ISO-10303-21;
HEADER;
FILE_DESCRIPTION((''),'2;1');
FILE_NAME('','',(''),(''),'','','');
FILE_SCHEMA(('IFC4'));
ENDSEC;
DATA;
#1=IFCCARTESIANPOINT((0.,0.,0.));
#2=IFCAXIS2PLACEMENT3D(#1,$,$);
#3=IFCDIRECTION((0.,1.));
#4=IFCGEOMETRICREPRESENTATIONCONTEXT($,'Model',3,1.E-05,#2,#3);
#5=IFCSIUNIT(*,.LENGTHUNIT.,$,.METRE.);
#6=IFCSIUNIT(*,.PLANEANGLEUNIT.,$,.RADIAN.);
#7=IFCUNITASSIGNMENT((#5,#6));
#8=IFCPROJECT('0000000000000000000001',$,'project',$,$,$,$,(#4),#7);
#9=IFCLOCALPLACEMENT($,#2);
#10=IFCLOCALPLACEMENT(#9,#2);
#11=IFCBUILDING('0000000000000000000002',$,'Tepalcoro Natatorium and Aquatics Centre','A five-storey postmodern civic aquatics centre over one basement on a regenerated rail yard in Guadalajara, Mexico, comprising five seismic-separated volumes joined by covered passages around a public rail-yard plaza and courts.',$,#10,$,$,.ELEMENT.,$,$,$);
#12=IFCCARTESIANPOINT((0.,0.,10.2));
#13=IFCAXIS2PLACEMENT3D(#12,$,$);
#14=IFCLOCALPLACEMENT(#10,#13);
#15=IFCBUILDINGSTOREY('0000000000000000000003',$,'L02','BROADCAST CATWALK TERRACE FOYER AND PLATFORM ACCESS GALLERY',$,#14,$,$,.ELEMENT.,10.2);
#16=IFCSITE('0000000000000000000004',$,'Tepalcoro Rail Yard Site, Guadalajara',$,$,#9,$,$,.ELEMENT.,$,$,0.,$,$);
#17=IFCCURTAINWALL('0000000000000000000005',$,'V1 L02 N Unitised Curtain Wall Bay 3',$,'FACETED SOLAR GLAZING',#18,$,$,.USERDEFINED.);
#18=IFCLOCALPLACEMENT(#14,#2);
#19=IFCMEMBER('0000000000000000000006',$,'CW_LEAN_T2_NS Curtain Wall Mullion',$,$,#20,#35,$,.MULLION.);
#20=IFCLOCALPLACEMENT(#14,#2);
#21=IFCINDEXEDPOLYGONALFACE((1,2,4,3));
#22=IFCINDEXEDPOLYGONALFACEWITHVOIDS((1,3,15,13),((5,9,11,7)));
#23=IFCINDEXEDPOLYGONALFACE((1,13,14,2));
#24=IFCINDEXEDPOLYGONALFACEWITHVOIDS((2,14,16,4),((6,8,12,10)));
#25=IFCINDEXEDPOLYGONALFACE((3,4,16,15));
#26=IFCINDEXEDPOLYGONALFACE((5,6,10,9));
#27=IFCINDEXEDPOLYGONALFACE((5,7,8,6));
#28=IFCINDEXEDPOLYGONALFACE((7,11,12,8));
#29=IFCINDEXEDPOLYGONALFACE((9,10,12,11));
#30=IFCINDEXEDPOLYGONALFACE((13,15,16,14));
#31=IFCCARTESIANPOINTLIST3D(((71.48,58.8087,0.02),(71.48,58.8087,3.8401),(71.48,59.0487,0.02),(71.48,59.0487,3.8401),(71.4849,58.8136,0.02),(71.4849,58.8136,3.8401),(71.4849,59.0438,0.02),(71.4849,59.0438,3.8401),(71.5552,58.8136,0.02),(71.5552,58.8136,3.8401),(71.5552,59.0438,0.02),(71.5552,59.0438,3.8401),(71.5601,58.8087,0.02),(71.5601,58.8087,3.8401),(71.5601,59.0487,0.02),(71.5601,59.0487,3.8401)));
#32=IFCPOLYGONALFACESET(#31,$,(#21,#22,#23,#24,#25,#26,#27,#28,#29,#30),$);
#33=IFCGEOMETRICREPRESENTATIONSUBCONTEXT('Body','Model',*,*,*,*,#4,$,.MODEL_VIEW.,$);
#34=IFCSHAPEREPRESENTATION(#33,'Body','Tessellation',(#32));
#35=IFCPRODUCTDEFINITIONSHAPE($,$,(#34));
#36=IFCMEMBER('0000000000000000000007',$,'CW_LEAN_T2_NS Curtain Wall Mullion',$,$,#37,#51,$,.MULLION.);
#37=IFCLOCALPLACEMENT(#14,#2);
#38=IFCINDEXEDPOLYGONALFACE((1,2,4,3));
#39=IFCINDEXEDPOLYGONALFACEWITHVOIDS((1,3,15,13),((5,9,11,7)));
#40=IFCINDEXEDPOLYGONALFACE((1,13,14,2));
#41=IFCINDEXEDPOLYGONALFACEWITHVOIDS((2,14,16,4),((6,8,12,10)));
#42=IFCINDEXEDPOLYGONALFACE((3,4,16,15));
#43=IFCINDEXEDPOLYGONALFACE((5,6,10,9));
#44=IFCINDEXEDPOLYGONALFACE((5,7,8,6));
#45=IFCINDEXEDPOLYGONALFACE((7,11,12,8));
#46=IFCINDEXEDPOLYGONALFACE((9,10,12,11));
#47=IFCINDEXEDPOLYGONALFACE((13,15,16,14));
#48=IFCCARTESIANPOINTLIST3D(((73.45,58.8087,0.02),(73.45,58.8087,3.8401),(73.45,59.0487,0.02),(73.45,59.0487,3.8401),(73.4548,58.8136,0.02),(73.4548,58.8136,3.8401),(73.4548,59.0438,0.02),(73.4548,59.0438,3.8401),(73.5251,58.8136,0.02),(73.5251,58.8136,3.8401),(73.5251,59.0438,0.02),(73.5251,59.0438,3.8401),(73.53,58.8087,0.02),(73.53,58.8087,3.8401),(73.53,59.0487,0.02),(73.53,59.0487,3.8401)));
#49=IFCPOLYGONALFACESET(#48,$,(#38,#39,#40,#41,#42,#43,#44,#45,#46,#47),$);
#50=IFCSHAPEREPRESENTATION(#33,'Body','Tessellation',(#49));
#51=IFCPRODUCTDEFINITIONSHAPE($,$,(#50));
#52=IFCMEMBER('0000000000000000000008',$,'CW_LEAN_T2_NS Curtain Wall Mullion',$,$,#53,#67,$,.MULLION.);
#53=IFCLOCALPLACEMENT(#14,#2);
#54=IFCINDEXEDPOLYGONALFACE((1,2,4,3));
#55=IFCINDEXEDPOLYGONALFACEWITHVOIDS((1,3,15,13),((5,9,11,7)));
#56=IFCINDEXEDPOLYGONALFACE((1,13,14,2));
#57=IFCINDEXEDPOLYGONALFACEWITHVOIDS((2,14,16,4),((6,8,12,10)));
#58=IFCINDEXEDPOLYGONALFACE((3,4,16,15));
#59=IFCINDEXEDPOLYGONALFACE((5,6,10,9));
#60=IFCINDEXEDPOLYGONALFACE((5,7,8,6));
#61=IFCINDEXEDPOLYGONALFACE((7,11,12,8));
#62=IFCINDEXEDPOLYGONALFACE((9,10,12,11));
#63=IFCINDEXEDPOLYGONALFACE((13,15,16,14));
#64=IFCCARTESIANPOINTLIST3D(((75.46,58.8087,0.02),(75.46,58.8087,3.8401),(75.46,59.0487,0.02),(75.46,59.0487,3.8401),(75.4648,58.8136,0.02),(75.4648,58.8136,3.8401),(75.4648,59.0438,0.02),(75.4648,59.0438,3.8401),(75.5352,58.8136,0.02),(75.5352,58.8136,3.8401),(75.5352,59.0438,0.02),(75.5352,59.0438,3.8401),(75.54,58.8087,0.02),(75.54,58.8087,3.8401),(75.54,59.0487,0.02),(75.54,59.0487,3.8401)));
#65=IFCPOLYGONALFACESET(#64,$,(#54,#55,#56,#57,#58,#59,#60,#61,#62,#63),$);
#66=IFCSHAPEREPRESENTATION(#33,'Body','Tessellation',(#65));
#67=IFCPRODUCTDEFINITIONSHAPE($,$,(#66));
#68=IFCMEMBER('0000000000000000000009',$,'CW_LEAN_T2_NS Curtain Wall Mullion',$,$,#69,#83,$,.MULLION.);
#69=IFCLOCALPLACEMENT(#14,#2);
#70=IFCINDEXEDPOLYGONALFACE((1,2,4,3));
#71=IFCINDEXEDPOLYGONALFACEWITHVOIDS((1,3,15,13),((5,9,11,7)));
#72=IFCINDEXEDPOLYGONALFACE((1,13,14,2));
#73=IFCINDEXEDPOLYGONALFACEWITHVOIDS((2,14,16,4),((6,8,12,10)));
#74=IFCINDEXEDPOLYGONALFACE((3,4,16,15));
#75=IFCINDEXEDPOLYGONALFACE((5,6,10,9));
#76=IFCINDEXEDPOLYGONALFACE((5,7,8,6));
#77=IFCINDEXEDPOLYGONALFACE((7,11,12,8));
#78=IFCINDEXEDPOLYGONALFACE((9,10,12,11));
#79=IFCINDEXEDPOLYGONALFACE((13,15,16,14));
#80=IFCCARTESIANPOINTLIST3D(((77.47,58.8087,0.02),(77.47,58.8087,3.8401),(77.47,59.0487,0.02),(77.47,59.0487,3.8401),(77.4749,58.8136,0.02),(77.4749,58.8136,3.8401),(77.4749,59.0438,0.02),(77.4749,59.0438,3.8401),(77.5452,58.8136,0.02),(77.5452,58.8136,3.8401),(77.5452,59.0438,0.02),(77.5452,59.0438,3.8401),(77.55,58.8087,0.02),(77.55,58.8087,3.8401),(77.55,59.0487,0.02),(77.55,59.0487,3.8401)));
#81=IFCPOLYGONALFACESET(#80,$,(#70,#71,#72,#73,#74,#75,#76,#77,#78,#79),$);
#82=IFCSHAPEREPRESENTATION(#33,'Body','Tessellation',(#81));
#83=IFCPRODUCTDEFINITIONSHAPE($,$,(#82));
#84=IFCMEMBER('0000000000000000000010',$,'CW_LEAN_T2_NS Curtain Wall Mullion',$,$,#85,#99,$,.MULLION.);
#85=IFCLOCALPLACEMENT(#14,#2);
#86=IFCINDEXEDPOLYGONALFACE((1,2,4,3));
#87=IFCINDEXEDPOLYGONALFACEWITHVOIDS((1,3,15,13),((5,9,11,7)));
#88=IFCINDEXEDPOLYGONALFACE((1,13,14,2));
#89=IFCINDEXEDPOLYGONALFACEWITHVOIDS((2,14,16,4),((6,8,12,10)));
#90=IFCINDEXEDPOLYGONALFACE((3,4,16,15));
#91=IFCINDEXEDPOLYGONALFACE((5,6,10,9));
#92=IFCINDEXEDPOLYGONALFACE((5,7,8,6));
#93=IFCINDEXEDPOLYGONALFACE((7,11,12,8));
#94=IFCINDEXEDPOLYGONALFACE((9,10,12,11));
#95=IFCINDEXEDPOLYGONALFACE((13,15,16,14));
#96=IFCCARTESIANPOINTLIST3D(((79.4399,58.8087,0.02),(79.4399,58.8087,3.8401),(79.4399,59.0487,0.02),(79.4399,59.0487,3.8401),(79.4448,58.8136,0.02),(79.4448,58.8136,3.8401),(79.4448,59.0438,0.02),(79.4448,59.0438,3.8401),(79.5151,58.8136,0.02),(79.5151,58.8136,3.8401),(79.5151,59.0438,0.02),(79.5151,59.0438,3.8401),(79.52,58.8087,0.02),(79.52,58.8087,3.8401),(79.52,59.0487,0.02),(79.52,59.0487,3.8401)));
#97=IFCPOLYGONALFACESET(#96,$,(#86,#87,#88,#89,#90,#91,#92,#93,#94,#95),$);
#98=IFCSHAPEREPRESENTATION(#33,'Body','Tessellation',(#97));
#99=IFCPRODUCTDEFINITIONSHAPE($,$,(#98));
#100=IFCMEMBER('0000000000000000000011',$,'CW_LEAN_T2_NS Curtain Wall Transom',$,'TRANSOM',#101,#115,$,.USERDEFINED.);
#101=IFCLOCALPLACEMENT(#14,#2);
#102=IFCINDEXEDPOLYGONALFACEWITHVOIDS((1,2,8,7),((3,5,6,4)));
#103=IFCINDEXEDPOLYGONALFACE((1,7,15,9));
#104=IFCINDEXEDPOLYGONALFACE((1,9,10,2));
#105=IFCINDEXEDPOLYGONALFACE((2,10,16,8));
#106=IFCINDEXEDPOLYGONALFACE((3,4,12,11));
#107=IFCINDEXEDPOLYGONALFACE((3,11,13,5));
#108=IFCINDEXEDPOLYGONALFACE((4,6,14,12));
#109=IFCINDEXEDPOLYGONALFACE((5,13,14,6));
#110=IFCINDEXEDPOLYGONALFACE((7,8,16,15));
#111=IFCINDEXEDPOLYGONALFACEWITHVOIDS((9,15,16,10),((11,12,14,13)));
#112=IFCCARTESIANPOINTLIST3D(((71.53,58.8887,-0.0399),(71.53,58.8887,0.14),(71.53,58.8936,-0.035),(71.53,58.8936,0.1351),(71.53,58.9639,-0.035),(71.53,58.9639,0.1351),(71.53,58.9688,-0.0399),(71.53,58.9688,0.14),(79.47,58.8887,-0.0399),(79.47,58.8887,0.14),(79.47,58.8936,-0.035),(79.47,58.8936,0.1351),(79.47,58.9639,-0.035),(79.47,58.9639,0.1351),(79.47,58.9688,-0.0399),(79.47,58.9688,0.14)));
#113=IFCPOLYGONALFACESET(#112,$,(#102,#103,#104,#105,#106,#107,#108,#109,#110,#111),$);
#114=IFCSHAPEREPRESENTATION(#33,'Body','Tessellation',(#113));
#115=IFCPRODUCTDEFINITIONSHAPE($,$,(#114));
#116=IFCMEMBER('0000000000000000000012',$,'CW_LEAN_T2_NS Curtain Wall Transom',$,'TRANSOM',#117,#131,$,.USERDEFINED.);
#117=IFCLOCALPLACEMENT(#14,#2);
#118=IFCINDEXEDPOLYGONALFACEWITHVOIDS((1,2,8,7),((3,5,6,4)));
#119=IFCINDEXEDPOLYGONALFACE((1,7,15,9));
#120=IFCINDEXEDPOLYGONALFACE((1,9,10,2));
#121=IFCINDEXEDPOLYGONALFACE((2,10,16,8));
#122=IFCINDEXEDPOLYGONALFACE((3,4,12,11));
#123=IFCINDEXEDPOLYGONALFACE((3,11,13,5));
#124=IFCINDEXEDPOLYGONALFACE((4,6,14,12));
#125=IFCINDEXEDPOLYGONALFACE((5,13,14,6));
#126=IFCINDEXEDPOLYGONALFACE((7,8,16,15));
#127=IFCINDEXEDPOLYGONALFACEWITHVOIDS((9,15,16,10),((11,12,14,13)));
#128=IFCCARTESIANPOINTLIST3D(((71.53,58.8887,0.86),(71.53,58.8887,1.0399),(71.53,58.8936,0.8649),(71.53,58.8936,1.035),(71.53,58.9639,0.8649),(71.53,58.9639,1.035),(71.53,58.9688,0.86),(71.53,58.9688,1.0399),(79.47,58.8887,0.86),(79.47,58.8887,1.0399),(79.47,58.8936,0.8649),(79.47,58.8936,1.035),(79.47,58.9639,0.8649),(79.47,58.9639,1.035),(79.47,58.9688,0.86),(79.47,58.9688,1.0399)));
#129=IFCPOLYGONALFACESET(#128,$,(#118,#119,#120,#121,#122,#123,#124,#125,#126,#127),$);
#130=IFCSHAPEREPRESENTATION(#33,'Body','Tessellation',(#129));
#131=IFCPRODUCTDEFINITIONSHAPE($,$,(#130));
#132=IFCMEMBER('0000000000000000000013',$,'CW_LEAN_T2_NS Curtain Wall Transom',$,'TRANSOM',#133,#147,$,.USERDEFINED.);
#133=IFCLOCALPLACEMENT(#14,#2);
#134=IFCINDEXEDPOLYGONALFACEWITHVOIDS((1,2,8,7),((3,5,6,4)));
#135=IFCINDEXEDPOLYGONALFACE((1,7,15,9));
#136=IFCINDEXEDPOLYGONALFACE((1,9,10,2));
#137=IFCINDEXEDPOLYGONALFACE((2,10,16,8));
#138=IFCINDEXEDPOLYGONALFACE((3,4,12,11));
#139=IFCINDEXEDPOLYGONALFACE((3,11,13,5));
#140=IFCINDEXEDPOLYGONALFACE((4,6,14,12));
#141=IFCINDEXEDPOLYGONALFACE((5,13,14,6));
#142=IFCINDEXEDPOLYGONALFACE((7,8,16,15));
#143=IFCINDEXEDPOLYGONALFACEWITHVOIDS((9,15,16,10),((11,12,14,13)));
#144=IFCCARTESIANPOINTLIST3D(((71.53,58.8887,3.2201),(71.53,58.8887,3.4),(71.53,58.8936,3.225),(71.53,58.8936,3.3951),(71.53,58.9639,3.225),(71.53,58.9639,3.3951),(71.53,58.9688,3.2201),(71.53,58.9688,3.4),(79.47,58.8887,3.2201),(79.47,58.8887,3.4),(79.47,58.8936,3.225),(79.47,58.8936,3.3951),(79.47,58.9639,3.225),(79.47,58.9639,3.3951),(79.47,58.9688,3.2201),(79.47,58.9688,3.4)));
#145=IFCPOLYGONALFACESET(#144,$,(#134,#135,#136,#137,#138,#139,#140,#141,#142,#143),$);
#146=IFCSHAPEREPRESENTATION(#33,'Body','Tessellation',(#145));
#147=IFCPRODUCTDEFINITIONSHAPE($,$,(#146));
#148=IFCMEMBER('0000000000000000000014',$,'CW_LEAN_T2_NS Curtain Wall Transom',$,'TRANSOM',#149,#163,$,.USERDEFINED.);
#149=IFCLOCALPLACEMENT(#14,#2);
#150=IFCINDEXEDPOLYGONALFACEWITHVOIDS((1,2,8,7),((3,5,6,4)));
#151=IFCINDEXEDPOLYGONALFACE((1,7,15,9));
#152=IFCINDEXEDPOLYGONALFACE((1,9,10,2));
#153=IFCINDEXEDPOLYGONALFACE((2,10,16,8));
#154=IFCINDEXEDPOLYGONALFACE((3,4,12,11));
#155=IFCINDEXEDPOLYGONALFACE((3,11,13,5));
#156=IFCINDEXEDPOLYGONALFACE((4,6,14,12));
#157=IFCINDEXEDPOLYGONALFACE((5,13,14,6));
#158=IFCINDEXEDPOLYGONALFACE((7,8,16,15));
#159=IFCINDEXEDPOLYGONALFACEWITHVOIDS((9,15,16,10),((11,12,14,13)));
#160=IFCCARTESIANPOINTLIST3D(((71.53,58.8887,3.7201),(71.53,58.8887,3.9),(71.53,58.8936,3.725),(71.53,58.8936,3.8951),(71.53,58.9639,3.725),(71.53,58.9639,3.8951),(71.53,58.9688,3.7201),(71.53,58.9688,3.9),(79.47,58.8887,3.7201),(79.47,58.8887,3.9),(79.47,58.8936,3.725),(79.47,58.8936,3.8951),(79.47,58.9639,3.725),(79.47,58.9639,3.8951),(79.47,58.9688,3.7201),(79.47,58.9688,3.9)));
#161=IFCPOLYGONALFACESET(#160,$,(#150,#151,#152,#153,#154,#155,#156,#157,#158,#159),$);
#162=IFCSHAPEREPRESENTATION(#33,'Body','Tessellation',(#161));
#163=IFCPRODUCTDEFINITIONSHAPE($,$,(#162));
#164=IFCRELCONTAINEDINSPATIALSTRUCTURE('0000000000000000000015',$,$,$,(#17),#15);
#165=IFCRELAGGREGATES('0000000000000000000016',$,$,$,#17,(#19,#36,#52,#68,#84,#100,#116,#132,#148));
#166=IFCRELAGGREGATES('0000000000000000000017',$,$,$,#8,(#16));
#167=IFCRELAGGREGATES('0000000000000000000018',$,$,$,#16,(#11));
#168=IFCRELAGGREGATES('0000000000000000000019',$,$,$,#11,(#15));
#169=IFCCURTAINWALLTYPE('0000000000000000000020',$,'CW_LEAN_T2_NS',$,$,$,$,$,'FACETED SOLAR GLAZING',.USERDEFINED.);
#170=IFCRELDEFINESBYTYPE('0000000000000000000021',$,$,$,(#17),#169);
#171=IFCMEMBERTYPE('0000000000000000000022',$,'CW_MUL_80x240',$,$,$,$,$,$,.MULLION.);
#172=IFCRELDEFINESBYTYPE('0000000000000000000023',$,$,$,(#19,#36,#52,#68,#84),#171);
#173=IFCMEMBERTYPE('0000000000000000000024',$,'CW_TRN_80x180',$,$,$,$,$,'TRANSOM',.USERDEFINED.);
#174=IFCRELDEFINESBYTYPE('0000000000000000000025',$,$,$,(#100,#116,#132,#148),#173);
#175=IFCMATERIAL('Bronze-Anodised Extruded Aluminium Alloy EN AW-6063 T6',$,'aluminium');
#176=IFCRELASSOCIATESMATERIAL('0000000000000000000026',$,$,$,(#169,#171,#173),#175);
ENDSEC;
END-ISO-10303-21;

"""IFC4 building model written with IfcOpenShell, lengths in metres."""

from ifc_helpers import new_model, si_unit, direction, frame, origin, origin_2d, place, context, subcontext, project, spatial, hollow_rectangle, extrude, material, material_profile, profile_set, type_object, element, aggregate, save


model = new_model("IFC4")

# Units and contexts
model_context = context("Model", 3, precision=1e-05, world=origin(), true_north=direction((0.0, 1.0)))
body_context = subcontext(model_context, "Body", "Model", "MODEL_VIEW")
ifc_project = project(units=[si_unit("LENGTHUNIT", "METRE"), si_unit("PLANEANGLEUNIT", "RADIAN")], contexts=[model_context])

# Site, building, storey
site_placement = place(None, origin())
site = spatial("IfcSite", under=ifc_project, at=site_placement, Name="Tepalcoro Rail Yard Site, Guadalajara", CompositionType="ELEMENT", RefElevation=0.0)
building_placement = place(site_placement, origin())
building = spatial("IfcBuilding", under=site, at=building_placement, Name="Tepalcoro Natatorium and Aquatics Centre", Description="A five-storey postmodern civic aquatics centre over one basement on a regenerated rail yard in Guadalajara, Mexico, comprising five seismic-separated volumes joined by covered passages around a public rail-yard plaza and courts.", CompositionType="ELEMENT")
storey_placement = place(building_placement, frame((0.0, 0.0, 10.2)))
storey = spatial("IfcBuildingStorey", under=building, at=storey_placement, Name="L02", Description="BROADCAST CATWALK TERRACE FOYER AND PLATFORM ACCESS GALLERY", CompositionType="ELEMENT", Elevation=10.2)

# Shared definitions
ifc_material_1 = material(Name="Bronze-Anodised Extruded Aluminium Alloy EN AW-6063 T6", Category="aluminium")

# Curtain wall, members
curtain_wall_type_1 = type_object("IfcCurtainWallType", Name="CW_LEAN_T2_NS", ElementType="FACETED SOLAR GLAZING", PredefinedType="USERDEFINED", material=ifc_material_1)
curtain_wall_1_placement = place(storey_placement, origin())
curtain_wall_1 = element("IfcCurtainWall", 1, at=curtain_wall_1_placement, inside=storey, type_object=curtain_wall_type_1, Name="V1 L02 N Unitised Curtain Wall Bay 3", ObjectType="FACETED SOLAR GLAZING", PredefinedType="USERDEFINED")
ifc_material_profile_1 = material_profile(ifc_material_1, hollow_rectangle(XDim=0.0801, YDim=0.24, WallThickness=0.0049, at=origin_2d()), Name="AL80X240X5")
ifc_profile_set_1 = profile_set([ifc_material_profile_1], Name="Bronze-Anodised Extruded Aluminium Alloy EN AW-6063 T6")
member_type_1 = type_object("IfcMemberType", Name="CW_MUL_80x240", PredefinedType="MULLION", material=ifc_profile_set_1)
member_1_placement = place(storey_placement, frame((71.52, 58.9287, 0.02), z_axis=(0.0, 0.0, 1.0), x_axis=(1.0, 0.0, 0.0)))
member_1 = element("IfcMember", 2, at=member_1_placement, type_object=member_type_1, Name="CW_LEAN_T2_NS Curtain Wall Mullion", PredefinedType="MULLION", context=body_context, shape_type="SweptSolid", body=[
    extrude(hollow_rectangle(XDim=0.0801, YDim=0.24, WallThickness=0.0049, at=origin_2d()), origin(), (0.0, 0.0, 1.0), 3.8201),
])
member_2_placement = place(storey_placement, frame((73.49, 58.9287, 0.02), z_axis=(0.0, 0.0, 1.0), x_axis=(1.0, 0.0, 0.0)))
member_2 = element("IfcMember", 3, at=member_2_placement, type_object=member_type_1, Name="CW_LEAN_T2_NS Curtain Wall Mullion", PredefinedType="MULLION", context=body_context, shape_type="SweptSolid", body=[
    extrude(hollow_rectangle(XDim=0.0801, YDim=0.24, WallThickness=0.0049, at=origin_2d()), origin(), (0.0, 0.0, 1.0), 3.8201),
])
member_3_placement = place(storey_placement, frame((75.5, 58.9287, 0.02), z_axis=(0.0, 0.0, 1.0), x_axis=(1.0, 0.0, 0.0)))
member_3 = element("IfcMember", 4, at=member_3_placement, type_object=member_type_1, Name="CW_LEAN_T2_NS Curtain Wall Mullion", PredefinedType="MULLION", context=body_context, shape_type="SweptSolid", body=[
    extrude(hollow_rectangle(XDim=0.0801, YDim=0.24, WallThickness=0.0049, at=origin_2d()), origin(), (0.0, 0.0, 1.0), 3.8201),
])
member_4_placement = place(storey_placement, frame((77.51, 58.9287, 0.02), z_axis=(0.0, 0.0, 1.0), x_axis=(1.0, 0.0, 0.0)))
member_4 = element("IfcMember", 5, at=member_4_placement, type_object=member_type_1, Name="CW_LEAN_T2_NS Curtain Wall Mullion", PredefinedType="MULLION", context=body_context, shape_type="SweptSolid", body=[
    extrude(hollow_rectangle(XDim=0.0801, YDim=0.24, WallThickness=0.0049, at=origin_2d()), origin(), (0.0, 0.0, 1.0), 3.8201),
])
member_5_placement = place(storey_placement, frame((79.48, 58.9287, 0.02), z_axis=(0.0, 0.0, 1.0), x_axis=(1.0, 0.0, 0.0)))
member_5 = element("IfcMember", 6, at=member_5_placement, type_object=member_type_1, Name="CW_LEAN_T2_NS Curtain Wall Mullion", PredefinedType="MULLION", context=body_context, shape_type="SweptSolid", body=[
    extrude(hollow_rectangle(XDim=0.0801, YDim=0.24, WallThickness=0.0049, at=origin_2d()), origin(), (0.0, 0.0, 1.0), 3.8201),
])
ifc_material_profile_2 = material_profile(ifc_material_1, hollow_rectangle(XDim=0.0801, YDim=0.1799, WallThickness=0.0049, at=origin_2d()), Name="AL80X180X5")
ifc_profile_set_2 = profile_set([ifc_material_profile_2], Name="Bronze-Anodised Extruded Aluminium Alloy EN AW-6063 T6")
member_type_2 = type_object("IfcMemberType", Name="CW_TRN_80x180", ElementType="TRANSOM", PredefinedType="USERDEFINED", material=ifc_profile_set_2)
member_6_placement = place(storey_placement, frame((71.53, 58.9287, 0.05), z_axis=(1.0, 0.0, 0.0), x_axis=(0.0, 1.0, 0.0)))
member_6 = element("IfcMember", 7, at=member_6_placement, type_object=member_type_2, Name="CW_LEAN_T2_NS Curtain Wall Transom", ObjectType="TRANSOM", PredefinedType="USERDEFINED", context=body_context, shape_type="SweptSolid", body=[
    extrude(hollow_rectangle(XDim=0.0801, YDim=0.1799, WallThickness=0.0049, at=origin_2d()), origin(), (0.0, 0.0, 1.0), 7.9399),
])
member_7_placement = place(storey_placement, frame((71.53, 58.9287, 0.95), z_axis=(1.0, 0.0, 0.0), x_axis=(0.0, 1.0, 0.0)))
member_7 = element("IfcMember", 8, at=member_7_placement, type_object=member_type_2, Name="CW_LEAN_T2_NS Curtain Wall Transom", ObjectType="TRANSOM", PredefinedType="USERDEFINED", context=body_context, shape_type="SweptSolid", body=[
    extrude(hollow_rectangle(XDim=0.0801, YDim=0.1799, WallThickness=0.0049, at=origin_2d()), origin(), (0.0, 0.0, 1.0), 7.9399),
])
member_8_placement = place(storey_placement, frame((71.53, 58.9287, 3.3101), z_axis=(1.0, 0.0, 0.0), x_axis=(0.0, 1.0, 0.0)))
member_8 = element("IfcMember", 9, at=member_8_placement, type_object=member_type_2, Name="CW_LEAN_T2_NS Curtain Wall Transom", ObjectType="TRANSOM", PredefinedType="USERDEFINED", context=body_context, shape_type="SweptSolid", body=[
    extrude(hollow_rectangle(XDim=0.0801, YDim=0.1799, WallThickness=0.0049, at=origin_2d()), origin(), (0.0, 0.0, 1.0), 7.9399),
])
member_9_placement = place(storey_placement, frame((71.53, 58.9287, 3.8101), z_axis=(1.0, 0.0, 0.0), x_axis=(0.0, 1.0, 0.0)))
member_9 = element("IfcMember", 10, at=member_9_placement, type_object=member_type_2, Name="CW_LEAN_T2_NS Curtain Wall Transom", ObjectType="TRANSOM", PredefinedType="USERDEFINED", context=body_context, shape_type="SweptSolid", body=[
    extrude(hollow_rectangle(XDim=0.0801, YDim=0.1799, WallThickness=0.0049, at=origin_2d()), origin(), (0.0, 0.0, 1.0), 7.9399),
])

aggregate(curtain_wall_1, [member_1, member_2, member_3, member_4, member_5, member_6, member_7, member_8, member_9])

save(model, "model.ifc")
